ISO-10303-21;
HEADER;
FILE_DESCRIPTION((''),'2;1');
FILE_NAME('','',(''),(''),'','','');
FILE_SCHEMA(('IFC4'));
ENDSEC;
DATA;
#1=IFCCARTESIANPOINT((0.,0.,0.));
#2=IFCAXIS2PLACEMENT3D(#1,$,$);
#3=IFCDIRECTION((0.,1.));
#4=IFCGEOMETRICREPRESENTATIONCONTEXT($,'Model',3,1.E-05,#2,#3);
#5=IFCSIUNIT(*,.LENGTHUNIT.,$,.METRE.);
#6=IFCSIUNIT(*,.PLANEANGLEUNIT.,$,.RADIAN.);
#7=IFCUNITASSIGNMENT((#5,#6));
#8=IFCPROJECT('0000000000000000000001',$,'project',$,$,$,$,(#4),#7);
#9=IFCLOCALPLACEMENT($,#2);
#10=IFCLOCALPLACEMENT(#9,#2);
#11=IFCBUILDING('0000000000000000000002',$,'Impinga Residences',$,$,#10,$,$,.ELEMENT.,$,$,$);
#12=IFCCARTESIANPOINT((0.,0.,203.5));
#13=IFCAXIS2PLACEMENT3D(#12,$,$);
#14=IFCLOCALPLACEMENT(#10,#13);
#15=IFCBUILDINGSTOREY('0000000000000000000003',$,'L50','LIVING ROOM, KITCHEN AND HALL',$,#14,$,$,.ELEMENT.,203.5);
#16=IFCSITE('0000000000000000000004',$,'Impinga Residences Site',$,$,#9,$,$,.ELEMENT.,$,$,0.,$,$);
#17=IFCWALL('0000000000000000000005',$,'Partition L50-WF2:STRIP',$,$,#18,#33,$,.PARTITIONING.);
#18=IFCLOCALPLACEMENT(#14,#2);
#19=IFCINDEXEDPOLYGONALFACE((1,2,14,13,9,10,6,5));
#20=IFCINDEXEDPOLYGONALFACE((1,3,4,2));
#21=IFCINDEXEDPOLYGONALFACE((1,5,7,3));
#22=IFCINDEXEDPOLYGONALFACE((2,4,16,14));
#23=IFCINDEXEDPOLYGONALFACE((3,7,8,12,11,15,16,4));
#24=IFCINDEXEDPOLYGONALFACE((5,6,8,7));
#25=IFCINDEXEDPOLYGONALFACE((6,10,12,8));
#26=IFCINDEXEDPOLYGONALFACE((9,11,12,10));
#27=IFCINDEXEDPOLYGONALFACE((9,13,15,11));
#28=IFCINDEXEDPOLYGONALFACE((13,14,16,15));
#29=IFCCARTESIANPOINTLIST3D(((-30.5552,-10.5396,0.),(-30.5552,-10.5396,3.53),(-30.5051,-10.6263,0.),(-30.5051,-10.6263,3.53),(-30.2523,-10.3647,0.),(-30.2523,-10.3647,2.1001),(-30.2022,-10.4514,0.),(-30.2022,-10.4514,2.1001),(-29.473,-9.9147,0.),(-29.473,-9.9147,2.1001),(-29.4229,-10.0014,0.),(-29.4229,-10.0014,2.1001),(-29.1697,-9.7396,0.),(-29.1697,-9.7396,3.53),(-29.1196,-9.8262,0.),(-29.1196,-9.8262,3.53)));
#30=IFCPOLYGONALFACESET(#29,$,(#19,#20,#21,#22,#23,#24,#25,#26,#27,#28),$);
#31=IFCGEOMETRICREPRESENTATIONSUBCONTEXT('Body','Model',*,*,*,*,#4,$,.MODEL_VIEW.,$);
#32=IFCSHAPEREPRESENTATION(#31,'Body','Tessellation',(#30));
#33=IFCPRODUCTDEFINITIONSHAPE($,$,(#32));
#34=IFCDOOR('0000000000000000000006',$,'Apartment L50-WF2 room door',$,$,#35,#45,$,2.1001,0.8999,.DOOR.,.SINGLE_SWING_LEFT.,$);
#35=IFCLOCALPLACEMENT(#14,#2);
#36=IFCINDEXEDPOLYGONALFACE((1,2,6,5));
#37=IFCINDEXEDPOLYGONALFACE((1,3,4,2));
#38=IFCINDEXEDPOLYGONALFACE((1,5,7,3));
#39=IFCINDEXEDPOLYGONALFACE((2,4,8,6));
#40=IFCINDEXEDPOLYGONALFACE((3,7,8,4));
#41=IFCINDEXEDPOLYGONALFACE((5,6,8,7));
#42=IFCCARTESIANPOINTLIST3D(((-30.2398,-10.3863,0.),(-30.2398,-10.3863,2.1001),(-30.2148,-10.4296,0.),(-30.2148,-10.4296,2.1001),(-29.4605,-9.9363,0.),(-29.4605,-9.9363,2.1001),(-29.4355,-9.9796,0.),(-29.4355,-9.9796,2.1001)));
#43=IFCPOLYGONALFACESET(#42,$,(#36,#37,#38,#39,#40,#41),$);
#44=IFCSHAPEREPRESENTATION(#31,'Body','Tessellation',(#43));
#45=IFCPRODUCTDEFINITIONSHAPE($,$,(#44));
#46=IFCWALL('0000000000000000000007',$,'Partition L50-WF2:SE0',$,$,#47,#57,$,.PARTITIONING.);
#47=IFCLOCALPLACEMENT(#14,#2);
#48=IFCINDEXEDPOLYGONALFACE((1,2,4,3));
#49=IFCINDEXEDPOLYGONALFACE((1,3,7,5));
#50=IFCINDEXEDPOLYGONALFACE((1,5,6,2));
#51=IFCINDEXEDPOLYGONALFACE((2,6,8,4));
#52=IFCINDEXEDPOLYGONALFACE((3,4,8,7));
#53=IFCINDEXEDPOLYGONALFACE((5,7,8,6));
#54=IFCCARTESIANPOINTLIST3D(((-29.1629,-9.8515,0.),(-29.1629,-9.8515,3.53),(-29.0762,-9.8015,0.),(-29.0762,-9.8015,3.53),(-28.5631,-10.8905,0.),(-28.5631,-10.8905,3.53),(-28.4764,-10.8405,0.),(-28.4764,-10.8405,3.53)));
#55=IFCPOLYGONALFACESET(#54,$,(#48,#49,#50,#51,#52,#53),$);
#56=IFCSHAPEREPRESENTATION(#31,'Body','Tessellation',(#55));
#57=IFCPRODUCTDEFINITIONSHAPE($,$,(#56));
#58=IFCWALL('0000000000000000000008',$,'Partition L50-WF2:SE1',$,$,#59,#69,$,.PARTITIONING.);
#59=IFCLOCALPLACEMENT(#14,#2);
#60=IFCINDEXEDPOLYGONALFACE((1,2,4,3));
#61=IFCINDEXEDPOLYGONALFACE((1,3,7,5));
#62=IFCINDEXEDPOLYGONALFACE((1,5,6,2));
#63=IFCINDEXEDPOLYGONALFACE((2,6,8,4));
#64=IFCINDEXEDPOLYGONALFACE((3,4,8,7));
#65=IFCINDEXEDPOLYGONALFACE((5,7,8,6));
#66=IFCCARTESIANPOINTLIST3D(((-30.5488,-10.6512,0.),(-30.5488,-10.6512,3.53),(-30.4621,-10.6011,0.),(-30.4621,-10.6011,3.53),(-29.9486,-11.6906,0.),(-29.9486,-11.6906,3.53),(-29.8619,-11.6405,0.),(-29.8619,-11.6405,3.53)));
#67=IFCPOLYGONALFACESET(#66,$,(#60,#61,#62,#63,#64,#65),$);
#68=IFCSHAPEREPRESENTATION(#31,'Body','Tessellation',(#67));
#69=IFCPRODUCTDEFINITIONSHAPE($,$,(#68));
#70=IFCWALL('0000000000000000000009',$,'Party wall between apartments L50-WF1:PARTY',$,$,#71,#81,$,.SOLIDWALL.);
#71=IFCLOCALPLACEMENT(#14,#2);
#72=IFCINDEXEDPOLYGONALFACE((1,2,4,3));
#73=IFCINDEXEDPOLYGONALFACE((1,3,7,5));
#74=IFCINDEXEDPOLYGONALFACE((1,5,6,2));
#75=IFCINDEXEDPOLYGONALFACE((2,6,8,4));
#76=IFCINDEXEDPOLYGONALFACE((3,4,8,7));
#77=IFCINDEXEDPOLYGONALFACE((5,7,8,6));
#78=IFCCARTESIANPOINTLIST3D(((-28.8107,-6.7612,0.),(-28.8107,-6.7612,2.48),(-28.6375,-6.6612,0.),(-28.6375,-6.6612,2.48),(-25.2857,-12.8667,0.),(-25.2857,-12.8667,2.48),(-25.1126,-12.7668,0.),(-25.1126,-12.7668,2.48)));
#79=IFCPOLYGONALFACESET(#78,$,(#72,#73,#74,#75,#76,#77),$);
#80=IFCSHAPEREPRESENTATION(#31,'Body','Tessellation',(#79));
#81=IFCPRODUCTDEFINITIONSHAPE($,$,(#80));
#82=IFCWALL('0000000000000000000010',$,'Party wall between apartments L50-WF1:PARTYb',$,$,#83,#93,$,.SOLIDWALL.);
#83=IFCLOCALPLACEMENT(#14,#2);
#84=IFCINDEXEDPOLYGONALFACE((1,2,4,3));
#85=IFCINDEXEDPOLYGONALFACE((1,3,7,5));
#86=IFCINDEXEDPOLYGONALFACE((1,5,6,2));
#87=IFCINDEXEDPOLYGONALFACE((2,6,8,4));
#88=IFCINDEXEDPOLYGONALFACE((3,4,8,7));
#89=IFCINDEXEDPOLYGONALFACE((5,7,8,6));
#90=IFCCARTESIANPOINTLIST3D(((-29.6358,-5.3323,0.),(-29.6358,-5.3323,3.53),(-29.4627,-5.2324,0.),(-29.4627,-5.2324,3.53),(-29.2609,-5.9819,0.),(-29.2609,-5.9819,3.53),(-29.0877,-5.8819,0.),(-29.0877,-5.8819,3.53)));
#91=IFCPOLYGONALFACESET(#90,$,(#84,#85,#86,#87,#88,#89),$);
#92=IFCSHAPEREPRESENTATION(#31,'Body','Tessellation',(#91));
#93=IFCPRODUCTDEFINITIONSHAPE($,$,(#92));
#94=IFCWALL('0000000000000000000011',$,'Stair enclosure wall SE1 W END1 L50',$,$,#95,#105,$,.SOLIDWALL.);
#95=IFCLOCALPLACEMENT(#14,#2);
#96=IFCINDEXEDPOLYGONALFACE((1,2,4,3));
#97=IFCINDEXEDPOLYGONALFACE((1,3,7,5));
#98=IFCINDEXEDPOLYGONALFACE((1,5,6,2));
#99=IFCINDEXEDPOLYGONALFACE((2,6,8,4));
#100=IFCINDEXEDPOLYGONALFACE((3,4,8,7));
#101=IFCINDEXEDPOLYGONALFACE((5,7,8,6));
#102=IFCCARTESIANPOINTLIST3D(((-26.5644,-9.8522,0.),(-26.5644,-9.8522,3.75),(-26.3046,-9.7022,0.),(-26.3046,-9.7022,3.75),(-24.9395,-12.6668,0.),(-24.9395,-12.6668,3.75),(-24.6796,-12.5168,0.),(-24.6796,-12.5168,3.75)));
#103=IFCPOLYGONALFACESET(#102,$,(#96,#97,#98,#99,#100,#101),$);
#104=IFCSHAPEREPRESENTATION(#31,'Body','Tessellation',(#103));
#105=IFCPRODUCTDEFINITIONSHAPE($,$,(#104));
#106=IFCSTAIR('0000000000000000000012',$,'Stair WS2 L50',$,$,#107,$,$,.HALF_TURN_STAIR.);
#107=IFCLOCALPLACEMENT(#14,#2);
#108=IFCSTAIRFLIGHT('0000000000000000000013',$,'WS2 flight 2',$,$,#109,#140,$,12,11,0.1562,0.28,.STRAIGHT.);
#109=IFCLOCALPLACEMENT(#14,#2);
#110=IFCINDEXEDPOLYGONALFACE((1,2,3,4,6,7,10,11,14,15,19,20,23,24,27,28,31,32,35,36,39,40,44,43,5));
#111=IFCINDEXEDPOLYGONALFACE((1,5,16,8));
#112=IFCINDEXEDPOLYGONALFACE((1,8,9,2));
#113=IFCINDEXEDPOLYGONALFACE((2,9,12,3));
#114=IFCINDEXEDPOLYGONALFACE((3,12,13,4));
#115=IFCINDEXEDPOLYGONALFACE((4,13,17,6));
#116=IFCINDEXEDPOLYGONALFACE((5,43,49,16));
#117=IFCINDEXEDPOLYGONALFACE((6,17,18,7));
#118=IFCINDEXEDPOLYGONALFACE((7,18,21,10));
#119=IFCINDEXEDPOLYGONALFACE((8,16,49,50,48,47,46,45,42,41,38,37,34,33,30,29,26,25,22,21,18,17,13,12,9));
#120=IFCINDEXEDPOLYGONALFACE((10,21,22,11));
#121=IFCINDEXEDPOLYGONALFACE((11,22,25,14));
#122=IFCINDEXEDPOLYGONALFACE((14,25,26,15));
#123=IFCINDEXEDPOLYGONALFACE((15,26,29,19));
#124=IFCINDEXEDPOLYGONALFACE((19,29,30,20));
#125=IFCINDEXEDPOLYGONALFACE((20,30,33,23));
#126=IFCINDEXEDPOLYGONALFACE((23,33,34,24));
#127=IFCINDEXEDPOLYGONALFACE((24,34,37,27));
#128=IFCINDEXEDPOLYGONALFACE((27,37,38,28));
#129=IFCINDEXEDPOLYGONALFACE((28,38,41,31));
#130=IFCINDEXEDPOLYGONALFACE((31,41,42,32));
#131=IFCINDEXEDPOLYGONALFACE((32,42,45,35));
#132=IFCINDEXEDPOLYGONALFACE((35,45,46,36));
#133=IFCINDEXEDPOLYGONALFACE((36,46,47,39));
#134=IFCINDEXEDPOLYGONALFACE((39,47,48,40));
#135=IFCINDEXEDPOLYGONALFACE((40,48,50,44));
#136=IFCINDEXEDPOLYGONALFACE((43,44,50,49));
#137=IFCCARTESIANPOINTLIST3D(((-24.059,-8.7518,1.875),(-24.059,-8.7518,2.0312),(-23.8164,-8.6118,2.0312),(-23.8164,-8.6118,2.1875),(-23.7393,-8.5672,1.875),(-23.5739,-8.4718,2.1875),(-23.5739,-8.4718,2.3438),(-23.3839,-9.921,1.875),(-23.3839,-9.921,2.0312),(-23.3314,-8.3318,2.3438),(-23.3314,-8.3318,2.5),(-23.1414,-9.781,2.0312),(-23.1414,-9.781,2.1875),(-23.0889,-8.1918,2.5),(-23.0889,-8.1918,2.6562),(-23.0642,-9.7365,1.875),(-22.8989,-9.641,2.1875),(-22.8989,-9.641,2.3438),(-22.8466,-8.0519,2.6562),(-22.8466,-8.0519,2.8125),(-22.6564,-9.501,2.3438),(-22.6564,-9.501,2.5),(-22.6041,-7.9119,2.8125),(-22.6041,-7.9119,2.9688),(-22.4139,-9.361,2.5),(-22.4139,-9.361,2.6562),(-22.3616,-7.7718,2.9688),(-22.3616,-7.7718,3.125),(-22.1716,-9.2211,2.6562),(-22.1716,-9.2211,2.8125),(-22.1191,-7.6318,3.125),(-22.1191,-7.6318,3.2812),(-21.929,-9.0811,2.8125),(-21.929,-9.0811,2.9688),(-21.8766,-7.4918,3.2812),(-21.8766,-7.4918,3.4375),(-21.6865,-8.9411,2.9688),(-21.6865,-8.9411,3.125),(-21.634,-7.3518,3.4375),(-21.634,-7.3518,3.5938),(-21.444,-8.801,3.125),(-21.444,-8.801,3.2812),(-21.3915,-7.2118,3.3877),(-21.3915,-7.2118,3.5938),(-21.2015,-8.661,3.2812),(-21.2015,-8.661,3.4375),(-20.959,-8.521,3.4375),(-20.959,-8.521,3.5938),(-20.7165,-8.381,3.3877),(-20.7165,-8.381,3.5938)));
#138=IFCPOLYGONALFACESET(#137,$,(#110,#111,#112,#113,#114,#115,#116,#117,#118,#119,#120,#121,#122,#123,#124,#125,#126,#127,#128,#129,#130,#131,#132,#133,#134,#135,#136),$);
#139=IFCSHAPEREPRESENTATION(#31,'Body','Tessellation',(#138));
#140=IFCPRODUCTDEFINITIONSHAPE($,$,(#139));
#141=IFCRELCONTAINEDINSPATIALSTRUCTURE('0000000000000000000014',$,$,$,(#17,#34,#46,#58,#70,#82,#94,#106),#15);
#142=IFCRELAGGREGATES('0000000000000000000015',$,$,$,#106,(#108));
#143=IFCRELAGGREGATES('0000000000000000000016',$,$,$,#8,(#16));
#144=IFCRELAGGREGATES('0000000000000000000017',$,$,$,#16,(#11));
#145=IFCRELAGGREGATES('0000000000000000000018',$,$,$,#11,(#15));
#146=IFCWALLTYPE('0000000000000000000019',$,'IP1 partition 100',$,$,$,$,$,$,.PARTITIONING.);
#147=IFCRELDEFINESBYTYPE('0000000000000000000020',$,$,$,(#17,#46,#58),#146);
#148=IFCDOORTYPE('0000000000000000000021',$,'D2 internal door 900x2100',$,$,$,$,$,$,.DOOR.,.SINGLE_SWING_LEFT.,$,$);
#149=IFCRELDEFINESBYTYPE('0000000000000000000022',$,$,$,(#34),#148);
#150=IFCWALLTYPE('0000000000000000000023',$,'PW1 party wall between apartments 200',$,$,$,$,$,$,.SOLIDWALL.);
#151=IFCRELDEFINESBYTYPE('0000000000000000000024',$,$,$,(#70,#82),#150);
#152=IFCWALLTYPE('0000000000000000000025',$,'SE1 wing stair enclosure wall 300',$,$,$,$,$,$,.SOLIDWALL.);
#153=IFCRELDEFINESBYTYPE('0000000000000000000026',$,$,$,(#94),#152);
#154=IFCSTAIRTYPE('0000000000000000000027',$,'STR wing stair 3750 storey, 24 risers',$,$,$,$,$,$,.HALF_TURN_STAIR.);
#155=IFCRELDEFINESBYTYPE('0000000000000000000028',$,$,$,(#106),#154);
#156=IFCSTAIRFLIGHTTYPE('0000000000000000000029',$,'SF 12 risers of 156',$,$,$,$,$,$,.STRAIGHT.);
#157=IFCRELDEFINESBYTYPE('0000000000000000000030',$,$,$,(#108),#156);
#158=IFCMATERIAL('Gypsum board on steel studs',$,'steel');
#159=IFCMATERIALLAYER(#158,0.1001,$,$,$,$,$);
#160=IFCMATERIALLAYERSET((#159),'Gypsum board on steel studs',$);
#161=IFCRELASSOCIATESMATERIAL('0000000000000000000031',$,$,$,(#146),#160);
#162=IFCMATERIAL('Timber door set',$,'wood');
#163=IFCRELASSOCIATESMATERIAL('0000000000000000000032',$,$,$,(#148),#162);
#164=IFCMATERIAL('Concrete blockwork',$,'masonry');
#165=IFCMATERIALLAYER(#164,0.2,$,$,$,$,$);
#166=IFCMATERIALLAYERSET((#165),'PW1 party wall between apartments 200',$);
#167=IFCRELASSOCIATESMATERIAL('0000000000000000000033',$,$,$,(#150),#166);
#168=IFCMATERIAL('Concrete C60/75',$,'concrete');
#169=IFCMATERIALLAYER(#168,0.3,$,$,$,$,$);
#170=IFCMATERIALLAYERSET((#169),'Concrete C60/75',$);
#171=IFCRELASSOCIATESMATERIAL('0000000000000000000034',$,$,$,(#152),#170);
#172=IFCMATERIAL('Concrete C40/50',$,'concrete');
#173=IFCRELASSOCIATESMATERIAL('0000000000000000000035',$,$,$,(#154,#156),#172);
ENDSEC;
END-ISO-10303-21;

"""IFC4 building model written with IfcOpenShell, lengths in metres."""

from ifc_helpers import new_model, si_unit, direction, frame, frame_2d, origin, place, context, subcontext, project, spatial, polyline, rectangle, outline, extrude, material, layer, layer_set, type_object, element, fill, aggregate, save


model = new_model("IFC4")

# Units and contexts
model_context = context("Model", 3, precision=1e-05, world=origin(), true_north=direction((0.0, 1.0)))
body_context = subcontext(model_context, "Body", "Model", "MODEL_VIEW")
ifc_project = project(units=[si_unit("LENGTHUNIT", "METRE"), si_unit("PLANEANGLEUNIT", "RADIAN")], contexts=[model_context])

# Site, building, storey
site_placement = place(None, origin())
site = spatial("IfcSite", under=ifc_project, at=site_placement, Name="Impinga Residences Site", CompositionType="ELEMENT", RefElevation=0.0)
building_placement = place(site_placement, origin())
building = spatial("IfcBuilding", under=site, at=building_placement, Name="Impinga Residences", CompositionType="ELEMENT")
storey_placement = place(building_placement, frame((0.0, 0.0, 203.5)))
storey = spatial("IfcBuildingStorey", under=building, at=storey_placement, Name="L50", Description="LIVING ROOM, KITCHEN AND HALL", CompositionType="ELEMENT", Elevation=203.5)

# Shared definitions
ifc_material_1 = material(Name="Concrete C60/75", Category="concrete")

# Shared definitions
ifc_material_2 = material(Name="Gypsum board on steel studs", Category="steel")
ifc_layer_1 = layer(ifc_material_2, 0.1001)
ifc_layer_set_1 = layer_set([ifc_layer_1], Name="Gypsum board on steel studs")
wall_type_1 = type_object("IfcWallType", Name="IP1 partition 100", PredefinedType="PARTITIONING", material=ifc_layer_set_1)
ifc_material_3 = material(Name="Timber door set", Category="wood")
door_type = type_object("IfcDoorType", Name="D2 internal door 900x2100", OperationType="SINGLE_SWING_LEFT", PredefinedType="DOOR", material=ifc_material_3)

# Wall, opening, door
wall_1_placement = place(storey_placement, frame((-29.1448, -9.783, 0.0), z_axis=(0.0, 0.0, 1.0), x_axis=(-0.86599, -0.500061, 0.0)))
wall_1 = element("IfcWall", 1, at=wall_1_placement, inside=storey, type_object=wall_type_1, Name="Partition L50-WF2:STRIP", PredefinedType="PARTITIONING", context=body_context, shape_type="SweptSolid", body=[
    extrude(rectangle(XDim=1.5999, YDim=0.1001, at=frame_2d((0.7998, 0.0))), origin(), (0.0, 0.0, 1.0), 3.53),
])
opening_1_placement = place(wall_1_placement, frame((0.3501, 0.0, 0.0)))
opening_1 = element("IfcOpeningElement", 2, at=opening_1_placement, cuts=wall_1, PredefinedType="OPENING", context=body_context, shape_type="SweptSolid", body=[
    extrude(rectangle(XDim=0.8999, YDim=2.1001, at=frame_2d((0.45, 1.05))), frame((0.0, 0.0601, 0.0), z_axis=(0.0, -1.0, 0.0), x_axis=(1.0, 0.0, 0.0)), (0.0, 0.0, 1.0), 0.1201),
])
door_1_placement = place(opening_1_placement, origin())
door_1 = element("IfcDoor", 3, at=door_1_placement, inside=storey, type_object=door_type, Name="Apartment L50-WF2 room door", OperationType="SINGLE_SWING_LEFT", OverallHeight=2.1001, OverallWidth=0.8999, PredefinedType="DOOR", context=body_context, shape_type="SweptSolid", body=[
    extrude(rectangle(XDim=0.8999, YDim=2.1001, at=frame_2d((0.45, 1.05))), frame((0.0, 0.0249, 0.0), z_axis=(0.0, -1.0, 0.0), x_axis=(1.0, 0.0, 0.0)), (0.0, 0.0, 1.0), 0.05),
])
fill(opening_1, door_1)

# Walls
wall_2_placement = place(storey_placement, frame((-28.5198, -10.8655, 0.0), z_axis=(0.0, 0.0, 1.0), x_axis=(-0.499969, 0.866043, 0.0)))
element("IfcWall", 4, at=wall_2_placement, inside=storey, type_object=wall_type_1, Name="Partition L50-WF2:SE0", PredefinedType="PARTITIONING", context=body_context, shape_type="SweptSolid", body=[
    extrude(rectangle(XDim=1.1997, YDim=0.1001, at=frame_2d((0.5999, 0.0))), origin(), (0.0, 0.0, 1.0), 3.53),
])
wall_3_placement = place(storey_placement, frame((-29.9053, -11.6655, 0.0), z_axis=(0.0, 0.0, 1.0), x_axis=(-0.500034, 0.866006, 0.0)))
element("IfcWall", 5, at=wall_3_placement, inside=storey, type_object=wall_type_1, Name="Partition L50-WF2:SE1", PredefinedType="PARTITIONING", context=body_context, shape_type="SweptSolid", body=[
    extrude(rectangle(XDim=1.2002, YDim=0.1001, at=frame_2d((0.6001, 0.0))), origin(), (0.0, 0.0, 1.0), 3.53),
])
ifc_material_4 = material(Name="Concrete blockwork", Category="masonry")
ifc_layer_2 = layer(ifc_material_4, 0.2)
ifc_layer_set_2 = layer_set([ifc_layer_2], Name="PW1 party wall between apartments 200")
wall_type_2 = type_object("IfcWallType", Name="PW1 party wall between apartments 200", PredefinedType="SOLIDWALL", material=ifc_layer_set_2)
wall_4_placement = place(storey_placement, frame((-25.1992, -12.8167, 0.0), z_axis=(0.0, 0.0, 1.0), x_axis=(-0.49999, 0.866031, 0.0)))
element("IfcWall", 6, at=wall_4_placement, inside=storey, type_object=wall_type_2, Name="Party wall between apartments L50-WF1:PARTY", PredefinedType="SOLIDWALL", context=body_context, shape_type="SweptSolid", body=[
    extrude(rectangle(XDim=7.05, YDim=0.2, at=frame_2d((3.5249, 0.0))), origin(), (0.0, 0.0, 1.0), 2.48),
])
wall_5_placement = place(storey_placement, frame((-29.1743, -5.9319, 0.0), z_axis=(0.0, 0.0, 1.0), x_axis=(-0.49992, 0.866072, 0.0)))
element("IfcWall", 7, at=wall_5_placement, inside=storey, type_object=wall_type_2, Name="Party wall between apartments L50-WF1:PARTYb", PredefinedType="SOLIDWALL", context=body_context, shape_type="SweptSolid", body=[
    extrude(rectangle(XDim=0.75, YDim=0.2, at=frame_2d((0.375, 0.0))), origin(), (0.0, 0.0, 1.0), 3.53),
])
ifc_layer_3 = layer(ifc_material_1, 0.3)
ifc_layer_set_3 = layer_set([ifc_layer_3], Name="Concrete C60/75")
wall_type_3 = type_object("IfcWallType", Name="SE1 wing stair enclosure wall 300", PredefinedType="SOLIDWALL", material=ifc_layer_set_3)
wall_6_placement = place(storey_placement, frame((-24.8096, -12.5918, 0.0), z_axis=(0.0, 0.0, 1.0), x_axis=(-0.499985, 0.866034, 0.0)))
element("IfcWall", 8, at=wall_6_placement, inside=storey, type_object=wall_type_3, Name="Stair enclosure wall SE1 W END1 L50", PredefinedType="SOLIDWALL", context=body_context, shape_type="SweptSolid", body=[
    extrude(rectangle(XDim=3.25, YDim=0.3, at=frame_2d((1.625, 0.0))), origin(), (0.0, 0.0, 1.0), 3.75),
])

# Stair, stair flight
ifc_material_5 = material(Name="Concrete C40/50", Category="concrete")
stair_type = type_object("IfcStairType", Name="STR wing stair 3750 storey, 24 risers", PredefinedType="HALF_TURN_STAIR", material=ifc_material_5)
stair_placement = place(storey_placement, origin())
stair = element("IfcStair", 9, at=stair_placement, inside=storey, type_object=stair_type, Name="Stair WS2 L50", PredefinedType="HALF_TURN_STAIR")
stair_flight_type = type_object("IfcStairFlightType", Name="SF 12 risers of 156", PredefinedType="STRAIGHT", material=ifc_material_5)
stair_flight_placement = place(storey_placement, frame((-23.7214, -9.3364, 1.875), z_axis=(0.0, 0.0, 1.0), x_axis=(0.866025, 0.5, 0.0)))
stair_flight = element("IfcStairFlight", 10, at=stair_flight_placement, type_object=stair_flight_type, Name="WS2 flight 2", NumberOfRisers=12, NumberOfTreads=11, PredefinedType="STRAIGHT", RiserHeight=0.1562, TreadLength=0.28, context=body_context, shape_type="SweptSolid", body=[
    extrude(outline(polyline([(0.0, 0.0), (0.0, 0.1562), (0.28, 0.1562), (0.28, 0.3125), (0.5601, 0.3125), (0.5601, 0.4688), (0.8401, 0.4688), (0.8401, 0.625), (1.1201, 0.625), (1.1201, 0.7812), (1.3999, 0.7812), (1.3999, 0.9375), (1.6799, 0.9375), (1.6799, 1.0938), (1.96, 1.0938), (1.96, 1.25), (2.24, 1.25), (2.24, 1.4062), (2.52, 1.4062), (2.52, 1.5625), (2.8, 1.5625), (2.8, 1.7188), (3.0801, 1.7188), (3.0801, 1.875), (3.0801, 1.5127), (0.3691, 0.0), (0.0, 0.0)])), frame((0.0, 0.675, 0.0), z_axis=(0.0, -1.0, 0.0), x_axis=(1.0, 0.0, 0.0)), (0.0, 0.0, 1.0), 1.3501),
])
aggregate(stair, [stair_flight])

save(model, "model.ifc")
